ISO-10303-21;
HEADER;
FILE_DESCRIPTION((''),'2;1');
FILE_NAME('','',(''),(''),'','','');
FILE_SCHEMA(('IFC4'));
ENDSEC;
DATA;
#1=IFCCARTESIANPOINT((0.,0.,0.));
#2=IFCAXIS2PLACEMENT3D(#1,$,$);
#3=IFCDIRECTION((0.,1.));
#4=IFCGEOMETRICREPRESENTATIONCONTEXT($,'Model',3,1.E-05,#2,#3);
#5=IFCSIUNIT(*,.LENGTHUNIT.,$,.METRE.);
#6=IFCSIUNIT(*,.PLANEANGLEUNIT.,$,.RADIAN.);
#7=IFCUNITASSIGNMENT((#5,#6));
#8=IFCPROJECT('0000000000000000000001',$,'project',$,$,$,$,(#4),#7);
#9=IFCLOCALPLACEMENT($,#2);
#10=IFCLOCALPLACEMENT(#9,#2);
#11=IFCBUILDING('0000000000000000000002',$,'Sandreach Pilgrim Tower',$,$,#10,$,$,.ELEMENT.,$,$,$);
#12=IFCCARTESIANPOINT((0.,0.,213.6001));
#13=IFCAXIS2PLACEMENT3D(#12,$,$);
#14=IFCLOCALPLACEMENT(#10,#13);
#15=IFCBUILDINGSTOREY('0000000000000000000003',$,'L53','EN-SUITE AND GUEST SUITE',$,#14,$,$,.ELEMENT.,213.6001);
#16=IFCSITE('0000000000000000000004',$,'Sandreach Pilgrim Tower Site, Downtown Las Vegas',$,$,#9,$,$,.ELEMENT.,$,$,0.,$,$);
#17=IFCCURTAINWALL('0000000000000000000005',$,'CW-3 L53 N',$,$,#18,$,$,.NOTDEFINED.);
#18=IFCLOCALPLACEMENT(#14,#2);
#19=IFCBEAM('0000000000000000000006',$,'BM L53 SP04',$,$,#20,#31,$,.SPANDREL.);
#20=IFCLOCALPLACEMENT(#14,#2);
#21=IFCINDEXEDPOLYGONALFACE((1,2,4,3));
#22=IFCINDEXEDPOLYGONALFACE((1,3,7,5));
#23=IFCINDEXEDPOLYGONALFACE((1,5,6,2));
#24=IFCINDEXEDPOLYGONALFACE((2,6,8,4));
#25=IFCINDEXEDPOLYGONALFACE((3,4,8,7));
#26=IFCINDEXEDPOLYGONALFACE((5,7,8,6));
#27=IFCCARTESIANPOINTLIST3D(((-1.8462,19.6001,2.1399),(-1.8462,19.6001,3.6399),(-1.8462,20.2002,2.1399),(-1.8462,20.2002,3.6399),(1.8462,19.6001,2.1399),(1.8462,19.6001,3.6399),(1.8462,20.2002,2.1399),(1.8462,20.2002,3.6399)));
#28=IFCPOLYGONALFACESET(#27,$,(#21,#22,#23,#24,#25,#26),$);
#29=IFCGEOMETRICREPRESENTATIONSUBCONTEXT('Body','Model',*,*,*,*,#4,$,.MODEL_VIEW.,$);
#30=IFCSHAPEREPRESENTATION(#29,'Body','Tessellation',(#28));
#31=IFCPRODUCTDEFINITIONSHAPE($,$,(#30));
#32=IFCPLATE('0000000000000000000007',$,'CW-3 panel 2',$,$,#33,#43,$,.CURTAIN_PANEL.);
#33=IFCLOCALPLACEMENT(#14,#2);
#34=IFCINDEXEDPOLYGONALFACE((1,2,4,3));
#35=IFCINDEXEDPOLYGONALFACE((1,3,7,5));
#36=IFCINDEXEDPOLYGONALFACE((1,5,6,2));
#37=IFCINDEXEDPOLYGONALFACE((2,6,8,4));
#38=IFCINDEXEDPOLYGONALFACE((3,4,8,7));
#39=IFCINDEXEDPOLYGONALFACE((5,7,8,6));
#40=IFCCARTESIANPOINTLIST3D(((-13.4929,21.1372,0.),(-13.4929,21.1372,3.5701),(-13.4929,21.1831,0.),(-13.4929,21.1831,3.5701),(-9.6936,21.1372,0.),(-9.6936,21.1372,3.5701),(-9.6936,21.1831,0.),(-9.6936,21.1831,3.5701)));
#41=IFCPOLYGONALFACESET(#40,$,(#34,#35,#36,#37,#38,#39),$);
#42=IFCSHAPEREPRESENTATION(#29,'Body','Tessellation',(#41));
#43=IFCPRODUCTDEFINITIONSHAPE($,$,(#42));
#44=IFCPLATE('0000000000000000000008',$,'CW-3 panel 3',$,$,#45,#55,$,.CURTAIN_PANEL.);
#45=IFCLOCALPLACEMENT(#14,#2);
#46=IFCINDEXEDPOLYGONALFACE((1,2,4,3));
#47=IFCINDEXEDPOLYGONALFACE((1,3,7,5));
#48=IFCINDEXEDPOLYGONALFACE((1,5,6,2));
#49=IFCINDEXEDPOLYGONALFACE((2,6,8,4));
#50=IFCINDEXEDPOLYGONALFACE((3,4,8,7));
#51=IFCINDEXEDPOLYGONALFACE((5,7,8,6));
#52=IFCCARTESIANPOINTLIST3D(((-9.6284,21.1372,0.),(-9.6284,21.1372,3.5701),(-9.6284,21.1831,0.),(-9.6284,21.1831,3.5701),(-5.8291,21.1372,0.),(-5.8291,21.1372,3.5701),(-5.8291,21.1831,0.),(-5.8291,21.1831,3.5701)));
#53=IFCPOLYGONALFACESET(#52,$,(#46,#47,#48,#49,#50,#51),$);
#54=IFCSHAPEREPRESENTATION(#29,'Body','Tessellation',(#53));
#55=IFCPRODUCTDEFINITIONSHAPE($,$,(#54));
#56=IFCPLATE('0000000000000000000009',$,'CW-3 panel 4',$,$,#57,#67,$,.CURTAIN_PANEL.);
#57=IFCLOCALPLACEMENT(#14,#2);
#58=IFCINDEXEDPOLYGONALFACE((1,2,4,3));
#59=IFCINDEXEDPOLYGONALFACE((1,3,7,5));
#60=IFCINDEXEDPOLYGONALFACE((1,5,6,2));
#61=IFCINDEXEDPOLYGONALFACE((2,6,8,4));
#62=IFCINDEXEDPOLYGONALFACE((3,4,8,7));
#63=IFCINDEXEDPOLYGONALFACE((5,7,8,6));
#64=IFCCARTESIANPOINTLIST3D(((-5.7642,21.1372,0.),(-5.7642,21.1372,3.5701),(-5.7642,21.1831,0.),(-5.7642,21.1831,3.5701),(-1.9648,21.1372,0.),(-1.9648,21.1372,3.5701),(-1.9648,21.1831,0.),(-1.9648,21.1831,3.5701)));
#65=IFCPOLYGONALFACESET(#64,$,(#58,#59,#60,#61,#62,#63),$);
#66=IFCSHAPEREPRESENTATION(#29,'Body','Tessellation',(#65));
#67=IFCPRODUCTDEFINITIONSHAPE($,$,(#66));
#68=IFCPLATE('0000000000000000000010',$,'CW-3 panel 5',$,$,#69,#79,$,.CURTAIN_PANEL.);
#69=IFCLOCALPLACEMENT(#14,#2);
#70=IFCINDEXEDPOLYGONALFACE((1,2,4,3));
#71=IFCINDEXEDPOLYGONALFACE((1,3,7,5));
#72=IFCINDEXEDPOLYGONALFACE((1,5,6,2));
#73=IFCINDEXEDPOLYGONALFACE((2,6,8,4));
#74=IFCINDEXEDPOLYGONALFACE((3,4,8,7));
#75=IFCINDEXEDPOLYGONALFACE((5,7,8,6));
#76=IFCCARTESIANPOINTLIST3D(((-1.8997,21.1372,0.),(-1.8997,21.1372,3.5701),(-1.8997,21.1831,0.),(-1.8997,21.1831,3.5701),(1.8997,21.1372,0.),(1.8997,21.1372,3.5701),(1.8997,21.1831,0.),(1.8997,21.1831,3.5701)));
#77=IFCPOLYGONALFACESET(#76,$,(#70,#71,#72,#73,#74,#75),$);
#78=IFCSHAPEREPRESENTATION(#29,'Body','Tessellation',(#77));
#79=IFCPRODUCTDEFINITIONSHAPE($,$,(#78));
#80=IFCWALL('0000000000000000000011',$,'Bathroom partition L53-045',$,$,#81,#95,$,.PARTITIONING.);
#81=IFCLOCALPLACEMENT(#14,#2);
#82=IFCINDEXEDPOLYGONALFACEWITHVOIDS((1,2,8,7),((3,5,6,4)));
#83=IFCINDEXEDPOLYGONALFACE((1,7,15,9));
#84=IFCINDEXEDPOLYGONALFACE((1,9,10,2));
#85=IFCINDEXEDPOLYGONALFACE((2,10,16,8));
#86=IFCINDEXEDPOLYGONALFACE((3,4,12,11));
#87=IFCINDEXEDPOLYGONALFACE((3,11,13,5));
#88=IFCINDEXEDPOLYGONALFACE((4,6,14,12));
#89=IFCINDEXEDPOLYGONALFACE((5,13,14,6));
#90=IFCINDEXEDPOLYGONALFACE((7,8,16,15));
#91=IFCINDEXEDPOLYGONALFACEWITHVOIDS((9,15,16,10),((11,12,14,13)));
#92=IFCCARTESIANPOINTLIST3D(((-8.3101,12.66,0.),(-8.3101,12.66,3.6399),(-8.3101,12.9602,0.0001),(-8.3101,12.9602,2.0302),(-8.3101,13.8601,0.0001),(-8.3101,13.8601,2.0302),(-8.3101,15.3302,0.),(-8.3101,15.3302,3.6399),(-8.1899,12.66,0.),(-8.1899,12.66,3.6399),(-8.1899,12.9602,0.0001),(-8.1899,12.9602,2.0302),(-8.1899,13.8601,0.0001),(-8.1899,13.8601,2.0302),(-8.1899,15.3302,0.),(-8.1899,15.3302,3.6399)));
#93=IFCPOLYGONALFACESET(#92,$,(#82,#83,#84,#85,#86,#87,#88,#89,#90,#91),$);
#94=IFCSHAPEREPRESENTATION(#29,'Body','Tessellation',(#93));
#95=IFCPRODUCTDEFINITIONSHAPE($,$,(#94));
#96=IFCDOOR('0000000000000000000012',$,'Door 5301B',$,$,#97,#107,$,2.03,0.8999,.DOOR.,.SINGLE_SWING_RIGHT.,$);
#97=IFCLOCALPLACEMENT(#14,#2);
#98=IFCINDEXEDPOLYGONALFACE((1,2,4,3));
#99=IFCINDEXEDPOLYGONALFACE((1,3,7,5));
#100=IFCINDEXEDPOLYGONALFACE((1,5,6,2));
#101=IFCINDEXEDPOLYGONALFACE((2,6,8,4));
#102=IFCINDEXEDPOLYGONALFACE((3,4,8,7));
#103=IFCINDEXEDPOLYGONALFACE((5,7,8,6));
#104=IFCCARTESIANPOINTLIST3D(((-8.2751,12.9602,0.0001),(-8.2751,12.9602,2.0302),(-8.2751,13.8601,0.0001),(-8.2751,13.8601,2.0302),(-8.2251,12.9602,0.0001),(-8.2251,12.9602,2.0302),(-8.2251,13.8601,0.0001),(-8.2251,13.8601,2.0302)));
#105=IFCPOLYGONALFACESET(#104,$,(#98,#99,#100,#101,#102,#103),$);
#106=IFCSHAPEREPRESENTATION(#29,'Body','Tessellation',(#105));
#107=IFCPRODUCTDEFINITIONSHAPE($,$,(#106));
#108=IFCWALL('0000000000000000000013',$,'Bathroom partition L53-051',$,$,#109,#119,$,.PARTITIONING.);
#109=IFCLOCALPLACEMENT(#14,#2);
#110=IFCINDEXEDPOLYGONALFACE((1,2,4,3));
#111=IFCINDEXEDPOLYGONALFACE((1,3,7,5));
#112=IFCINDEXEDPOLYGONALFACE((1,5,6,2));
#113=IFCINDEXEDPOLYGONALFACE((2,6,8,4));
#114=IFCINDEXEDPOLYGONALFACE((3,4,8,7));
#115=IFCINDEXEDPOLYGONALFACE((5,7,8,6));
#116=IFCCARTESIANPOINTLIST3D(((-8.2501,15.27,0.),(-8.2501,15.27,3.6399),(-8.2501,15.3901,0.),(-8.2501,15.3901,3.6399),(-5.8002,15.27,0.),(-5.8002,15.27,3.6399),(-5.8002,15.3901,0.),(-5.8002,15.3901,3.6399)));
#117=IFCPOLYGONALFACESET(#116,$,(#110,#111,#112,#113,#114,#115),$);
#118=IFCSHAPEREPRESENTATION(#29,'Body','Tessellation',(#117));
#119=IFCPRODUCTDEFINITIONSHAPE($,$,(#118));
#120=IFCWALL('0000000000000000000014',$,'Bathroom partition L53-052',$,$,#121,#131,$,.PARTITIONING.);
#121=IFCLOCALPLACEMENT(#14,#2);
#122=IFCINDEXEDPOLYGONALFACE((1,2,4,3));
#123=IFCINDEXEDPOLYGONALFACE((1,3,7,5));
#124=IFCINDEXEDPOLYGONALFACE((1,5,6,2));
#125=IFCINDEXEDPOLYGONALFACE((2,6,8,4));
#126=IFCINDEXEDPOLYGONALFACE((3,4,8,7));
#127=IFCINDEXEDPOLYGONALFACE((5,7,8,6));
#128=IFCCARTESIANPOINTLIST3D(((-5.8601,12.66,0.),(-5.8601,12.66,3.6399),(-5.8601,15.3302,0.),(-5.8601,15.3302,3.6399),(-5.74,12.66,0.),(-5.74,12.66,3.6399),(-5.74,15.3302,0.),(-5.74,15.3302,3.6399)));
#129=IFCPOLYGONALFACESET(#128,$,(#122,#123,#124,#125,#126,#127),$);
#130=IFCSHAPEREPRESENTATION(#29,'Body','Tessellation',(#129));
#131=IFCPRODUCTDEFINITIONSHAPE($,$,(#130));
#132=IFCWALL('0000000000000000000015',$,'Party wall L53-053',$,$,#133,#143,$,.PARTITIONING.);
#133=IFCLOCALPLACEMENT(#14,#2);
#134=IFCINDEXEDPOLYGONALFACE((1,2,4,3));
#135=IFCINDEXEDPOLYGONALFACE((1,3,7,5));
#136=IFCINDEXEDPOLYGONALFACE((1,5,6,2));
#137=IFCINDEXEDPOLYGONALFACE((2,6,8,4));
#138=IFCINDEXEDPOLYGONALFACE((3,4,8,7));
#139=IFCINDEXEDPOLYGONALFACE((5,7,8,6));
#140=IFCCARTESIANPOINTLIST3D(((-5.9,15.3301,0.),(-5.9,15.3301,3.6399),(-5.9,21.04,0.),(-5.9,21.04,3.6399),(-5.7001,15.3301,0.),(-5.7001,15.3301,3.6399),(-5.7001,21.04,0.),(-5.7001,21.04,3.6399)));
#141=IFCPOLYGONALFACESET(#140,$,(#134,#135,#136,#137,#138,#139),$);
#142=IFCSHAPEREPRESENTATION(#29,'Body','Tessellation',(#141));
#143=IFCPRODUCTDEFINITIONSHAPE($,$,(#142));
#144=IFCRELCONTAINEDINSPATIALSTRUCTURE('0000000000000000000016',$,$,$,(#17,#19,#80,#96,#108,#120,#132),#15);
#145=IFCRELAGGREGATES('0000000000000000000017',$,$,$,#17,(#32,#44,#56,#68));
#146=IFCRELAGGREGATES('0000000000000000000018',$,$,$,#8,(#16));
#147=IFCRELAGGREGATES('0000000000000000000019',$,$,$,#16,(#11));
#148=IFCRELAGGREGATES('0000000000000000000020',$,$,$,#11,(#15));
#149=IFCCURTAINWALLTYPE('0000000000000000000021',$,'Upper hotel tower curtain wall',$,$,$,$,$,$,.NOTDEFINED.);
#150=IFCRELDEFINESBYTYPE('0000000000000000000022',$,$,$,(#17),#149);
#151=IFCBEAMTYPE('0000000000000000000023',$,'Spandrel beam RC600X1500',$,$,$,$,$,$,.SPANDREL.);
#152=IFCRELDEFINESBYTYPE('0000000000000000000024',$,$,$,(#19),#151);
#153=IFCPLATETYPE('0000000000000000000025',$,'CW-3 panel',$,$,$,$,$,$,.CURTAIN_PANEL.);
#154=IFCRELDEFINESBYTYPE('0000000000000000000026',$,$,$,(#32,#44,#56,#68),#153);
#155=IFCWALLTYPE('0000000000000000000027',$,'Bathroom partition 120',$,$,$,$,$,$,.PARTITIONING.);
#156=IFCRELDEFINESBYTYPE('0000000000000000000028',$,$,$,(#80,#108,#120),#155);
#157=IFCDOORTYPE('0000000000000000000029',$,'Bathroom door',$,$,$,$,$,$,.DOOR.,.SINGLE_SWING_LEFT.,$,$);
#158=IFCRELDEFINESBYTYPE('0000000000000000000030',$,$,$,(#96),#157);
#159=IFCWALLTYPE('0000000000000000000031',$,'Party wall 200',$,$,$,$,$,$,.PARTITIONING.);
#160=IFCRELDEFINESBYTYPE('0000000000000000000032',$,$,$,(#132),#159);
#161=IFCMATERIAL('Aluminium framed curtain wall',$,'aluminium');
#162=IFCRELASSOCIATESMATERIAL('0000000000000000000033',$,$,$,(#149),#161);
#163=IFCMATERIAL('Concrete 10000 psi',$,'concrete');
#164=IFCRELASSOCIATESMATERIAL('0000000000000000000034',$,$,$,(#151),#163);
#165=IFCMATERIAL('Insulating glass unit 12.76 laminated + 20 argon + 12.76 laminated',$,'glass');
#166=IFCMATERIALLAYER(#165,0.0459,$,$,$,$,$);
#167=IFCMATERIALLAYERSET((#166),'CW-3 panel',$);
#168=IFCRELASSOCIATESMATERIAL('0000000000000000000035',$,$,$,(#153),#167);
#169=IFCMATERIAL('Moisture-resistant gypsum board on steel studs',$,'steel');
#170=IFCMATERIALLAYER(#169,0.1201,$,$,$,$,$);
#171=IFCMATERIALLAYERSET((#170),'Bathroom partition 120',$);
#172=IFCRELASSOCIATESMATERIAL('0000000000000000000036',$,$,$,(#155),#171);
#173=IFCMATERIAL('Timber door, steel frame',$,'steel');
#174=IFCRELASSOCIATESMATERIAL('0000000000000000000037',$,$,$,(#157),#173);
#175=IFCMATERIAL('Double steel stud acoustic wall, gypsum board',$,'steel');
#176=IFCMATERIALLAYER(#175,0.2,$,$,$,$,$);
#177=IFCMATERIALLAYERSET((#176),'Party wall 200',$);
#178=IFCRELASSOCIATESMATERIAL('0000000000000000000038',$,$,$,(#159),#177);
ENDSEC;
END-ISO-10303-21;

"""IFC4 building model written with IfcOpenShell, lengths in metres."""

from ifc_helpers import new_model, si_unit, direction, frame, frame_2d, origin, origin_2d, place, context, subcontext, project, spatial, rectangle, extrude, material, layer, layer_set, material_profile, profile_set, type_object, element, fill, aggregate, save


model = new_model("IFC4")

# Units and contexts
model_context = context("Model", 3, precision=1e-05, world=origin(), true_north=direction((0.0, 1.0)))
body_context = subcontext(model_context, "Body", "Model", "MODEL_VIEW")
ifc_project = project(units=[si_unit("LENGTHUNIT", "METRE"), si_unit("PLANEANGLEUNIT", "RADIAN")], contexts=[model_context])

# Site, building, storey
site_placement = place(None, origin())
site = spatial("IfcSite", under=ifc_project, at=site_placement, Name="Sandreach Pilgrim Tower Site, Downtown Las Vegas", CompositionType="ELEMENT", RefElevation=0.0)
building_placement = place(site_placement, origin())
building = spatial("IfcBuilding", under=site, at=building_placement, Name="Sandreach Pilgrim Tower", CompositionType="ELEMENT")
storey_placement = place(building_placement, frame((0.0, 0.0, 213.6001)))
storey = spatial("IfcBuildingStorey", under=building, at=storey_placement, Name="L53", Description="EN-SUITE AND GUEST SUITE", CompositionType="ELEMENT", Elevation=213.6001)

# Curtain wall
ifc_material_1 = material(Name="Aluminium framed curtain wall", Category="aluminium")
curtain_wall_type = type_object("IfcCurtainWallType", Name="Upper hotel tower curtain wall", PredefinedType="NOTDEFINED", material=ifc_material_1)
curtain_wall_placement = place(storey_placement, origin())
curtain_wall = element("IfcCurtainWall", 1, at=curtain_wall_placement, inside=storey, type_object=curtain_wall_type, Name="CW-3 L53 N", PredefinedType="NOTDEFINED")

# Beam
ifc_material_2 = material(Name="Concrete 10000 psi", Category="concrete")
ifc_material_profile_1 = material_profile(ifc_material_2, rectangle(XDim=0.6001, YDim=1.5, at=origin_2d()), Name="RC600X1500")
ifc_profile_set_1 = profile_set([ifc_material_profile_1], Name="Concrete 10000 psi")
beam_type_1 = type_object("IfcBeamType", Name="Spandrel beam RC600X1500", PredefinedType="SPANDREL", material=ifc_profile_set_1)
beam_1_placement = place(storey_placement, frame((-1.8462, 19.9001, 2.8899), z_axis=(1.0, 0.0, 0.0), x_axis=(0.0, 1.0, 0.0)))
element("IfcBeam", 2, at=beam_1_placement, inside=storey, type_object=beam_type_1, Name="BM L53 SP04", PredefinedType="SPANDREL", context=body_context, shape_type="SweptSolid", body=[
    extrude(rectangle(XDim=0.6001, YDim=1.5, at=origin_2d()), origin(), (0.0, 0.0, 1.0), 3.6924),
])

# Plates
ifc_material_3 = material(Name="Insulating glass unit 12.76 laminated + 20 argon + 12.76 laminated", Category="glass")
ifc_layer_1 = layer(ifc_material_3, 0.0459)
ifc_layer_set_1 = layer_set([ifc_layer_1], Name="CW-3 panel")
plate_type = type_object("IfcPlateType", Name="CW-3 panel", PredefinedType="CURTAIN_PANEL", material=ifc_layer_set_1)
plate_1_placement = place(storey_placement, frame((-11.5933, 21.1602, 0.0), z_axis=(0.0, 0.0, 1.0), x_axis=(1.0, 0.0, 0.0)))
plate_1 = element("IfcPlate", 3, at=plate_1_placement, type_object=plate_type, Name="CW-3 panel 2", PredefinedType="CURTAIN_PANEL", context=body_context, shape_type="SweptSolid", body=[
    extrude(rectangle(XDim=3.7993, YDim=0.0459, at=origin_2d()), origin(), (0.0, 0.0, 1.0), 3.5701),
])
plate_2_placement = place(storey_placement, frame((-7.7288, 21.1602, 0.0), z_axis=(0.0, 0.0, 1.0), x_axis=(1.0, 0.0, 0.0)))
plate_2 = element("IfcPlate", 4, at=plate_2_placement, type_object=plate_type, Name="CW-3 panel 3", PredefinedType="CURTAIN_PANEL", context=body_context, shape_type="SweptSolid", body=[
    extrude(rectangle(XDim=3.7993, YDim=0.0459, at=origin_2d()), origin(), (0.0, 0.0, 1.0), 3.5701),
])
plate_3_placement = place(storey_placement, frame((-3.8645, 21.1602, 0.0), z_axis=(0.0, 0.0, 1.0), x_axis=(1.0, 0.0, 0.0)))
plate_3 = element("IfcPlate", 5, at=plate_3_placement, type_object=plate_type, Name="CW-3 panel 4", PredefinedType="CURTAIN_PANEL", context=body_context, shape_type="SweptSolid", body=[
    extrude(rectangle(XDim=3.7993, YDim=0.0459, at=origin_2d()), origin(), (0.0, 0.0, 1.0), 3.5701),
])
plate_4_placement = place(storey_placement, frame((0.0, 21.1602, 0.0), z_axis=(0.0, 0.0, 1.0), x_axis=(1.0, 0.0, 0.0)))
plate_4 = element("IfcPlate", 6, at=plate_4_placement, type_object=plate_type, Name="CW-3 panel 5", PredefinedType="CURTAIN_PANEL", context=body_context, shape_type="SweptSolid", body=[
    extrude(rectangle(XDim=3.7993, YDim=0.0459, at=origin_2d()), origin(), (0.0, 0.0, 1.0), 3.5701),
])
aggregate(curtain_wall, [plate_1, plate_2, plate_3, plate_4])

# Wall, opening, door
ifc_material_4 = material(Name="Moisture-resistant gypsum board on steel studs", Category="steel")
ifc_layer_2 = layer(ifc_material_4, 0.1201)
ifc_layer_set_2 = layer_set([ifc_layer_2], Name="Bathroom partition 120")
wall_type_1 = type_object("IfcWallType", Name="Bathroom partition 120", PredefinedType="PARTITIONING", material=ifc_layer_set_2)
wall_1_placement = place(storey_placement, frame((-8.25, 15.3301, 0.0), z_axis=(0.0, 0.0, 1.0), x_axis=(0.0, -1.0, 0.0)))
wall_1 = element("IfcWall", 7, at=wall_1_placement, inside=storey, type_object=wall_type_1, Name="Bathroom partition L53-045", PredefinedType="PARTITIONING", context=body_context, shape_type="SweptSolid", body=[
    extrude(rectangle(XDim=2.6702, YDim=0.1201, at=frame_2d((1.335, 0.0))), origin(), (0.0, 0.0, 1.0), 3.6399),
])
opening_placement = place(wall_1_placement, frame((1.47, 0.0, 0.0)))
opening = element("IfcOpeningElement", 8, at=opening_placement, cuts=wall_1, PredefinedType="OPENING", context=body_context, shape_type="SweptSolid", body=[
    extrude(rectangle(XDim=0.8999, YDim=2.03, at=frame_2d((0.45, 1.0151))), frame((0.0, 0.0601, 0.0), z_axis=(0.0, -1.0, 0.0), x_axis=(1.0, 0.0, 0.0)), (0.0, 0.0, 1.0), 0.1201),
])
ifc_material_5 = material(Name="Timber door, steel frame", Category="steel")
door_type = type_object("IfcDoorType", Name="Bathroom door", OperationType="SINGLE_SWING_LEFT", PredefinedType="DOOR", material=ifc_material_5)
door_placement = place(opening_placement, origin())
door = element("IfcDoor", 9, at=door_placement, inside=storey, type_object=door_type, Name="Door 5301B", OperationType="SINGLE_SWING_RIGHT", OverallHeight=2.03, OverallWidth=0.8999, PredefinedType="DOOR", context=body_context, shape_type="SweptSolid", body=[
    extrude(rectangle(XDim=0.8999, YDim=2.03, at=frame_2d((0.45, 1.0151))), frame((0.0, 0.0249, 0.0), z_axis=(0.0, -1.0, 0.0), x_axis=(1.0, 0.0, 0.0)), (0.0, 0.0, 1.0), 0.05),
])
fill(opening, door)

# Walls
wall_2_placement = place(storey_placement, frame((-5.8, 15.3301, 0.0), z_axis=(0.0, 0.0, 1.0), x_axis=(-1.0, 0.0, 0.0)))
element("IfcWall", 10, at=wall_2_placement, inside=storey, type_object=wall_type_1, Name="Bathroom partition L53-051", PredefinedType="PARTITIONING", context=body_context, shape_type="SweptSolid", body=[
    extrude(rectangle(XDim=2.45, YDim=0.1201, at=frame_2d((1.2251, 0.0))), origin(), (0.0, 0.0, 1.0), 3.6399),
])
wall_3_placement = place(storey_placement, frame((-5.8, 15.3301, 0.0), z_axis=(0.0, 0.0, 1.0), x_axis=(0.0, -1.0, 0.0)))
element("IfcWall", 11, at=wall_3_placement, inside=storey, type_object=wall_type_1, Name="Bathroom partition L53-052", PredefinedType="PARTITIONING", context=body_context, shape_type="SweptSolid", body=[
    extrude(rectangle(XDim=2.6702, YDim=0.1201, at=frame_2d((1.335, 0.0))), origin(), (0.0, 0.0, 1.0), 3.6399),
])
ifc_material_6 = material(Name="Double steel stud acoustic wall, gypsum board", Category="steel")
ifc_layer_3 = layer(ifc_material_6, 0.2)
ifc_layer_set_3 = layer_set([ifc_layer_3], Name="Party wall 200")
wall_type_2 = type_object("IfcWallType", Name="Party wall 200", PredefinedType="PARTITIONING", material=ifc_layer_set_3)
wall_4_placement = place(storey_placement, frame((-5.8, 21.04, 0.0), z_axis=(0.0, 0.0, 1.0), x_axis=(0.0, -1.0, 0.0)))
element("IfcWall", 12, at=wall_4_placement, inside=storey, type_object=wall_type_2, Name="Party wall L53-053", PredefinedType="PARTITIONING", context=body_context, shape_type="SweptSolid", body=[
    extrude(rectangle(XDim=5.71, YDim=0.2, at=frame_2d((2.855, 0.0))), origin(), (0.0, 0.0, 1.0), 3.6399),
])

save(model, "model.ifc")
